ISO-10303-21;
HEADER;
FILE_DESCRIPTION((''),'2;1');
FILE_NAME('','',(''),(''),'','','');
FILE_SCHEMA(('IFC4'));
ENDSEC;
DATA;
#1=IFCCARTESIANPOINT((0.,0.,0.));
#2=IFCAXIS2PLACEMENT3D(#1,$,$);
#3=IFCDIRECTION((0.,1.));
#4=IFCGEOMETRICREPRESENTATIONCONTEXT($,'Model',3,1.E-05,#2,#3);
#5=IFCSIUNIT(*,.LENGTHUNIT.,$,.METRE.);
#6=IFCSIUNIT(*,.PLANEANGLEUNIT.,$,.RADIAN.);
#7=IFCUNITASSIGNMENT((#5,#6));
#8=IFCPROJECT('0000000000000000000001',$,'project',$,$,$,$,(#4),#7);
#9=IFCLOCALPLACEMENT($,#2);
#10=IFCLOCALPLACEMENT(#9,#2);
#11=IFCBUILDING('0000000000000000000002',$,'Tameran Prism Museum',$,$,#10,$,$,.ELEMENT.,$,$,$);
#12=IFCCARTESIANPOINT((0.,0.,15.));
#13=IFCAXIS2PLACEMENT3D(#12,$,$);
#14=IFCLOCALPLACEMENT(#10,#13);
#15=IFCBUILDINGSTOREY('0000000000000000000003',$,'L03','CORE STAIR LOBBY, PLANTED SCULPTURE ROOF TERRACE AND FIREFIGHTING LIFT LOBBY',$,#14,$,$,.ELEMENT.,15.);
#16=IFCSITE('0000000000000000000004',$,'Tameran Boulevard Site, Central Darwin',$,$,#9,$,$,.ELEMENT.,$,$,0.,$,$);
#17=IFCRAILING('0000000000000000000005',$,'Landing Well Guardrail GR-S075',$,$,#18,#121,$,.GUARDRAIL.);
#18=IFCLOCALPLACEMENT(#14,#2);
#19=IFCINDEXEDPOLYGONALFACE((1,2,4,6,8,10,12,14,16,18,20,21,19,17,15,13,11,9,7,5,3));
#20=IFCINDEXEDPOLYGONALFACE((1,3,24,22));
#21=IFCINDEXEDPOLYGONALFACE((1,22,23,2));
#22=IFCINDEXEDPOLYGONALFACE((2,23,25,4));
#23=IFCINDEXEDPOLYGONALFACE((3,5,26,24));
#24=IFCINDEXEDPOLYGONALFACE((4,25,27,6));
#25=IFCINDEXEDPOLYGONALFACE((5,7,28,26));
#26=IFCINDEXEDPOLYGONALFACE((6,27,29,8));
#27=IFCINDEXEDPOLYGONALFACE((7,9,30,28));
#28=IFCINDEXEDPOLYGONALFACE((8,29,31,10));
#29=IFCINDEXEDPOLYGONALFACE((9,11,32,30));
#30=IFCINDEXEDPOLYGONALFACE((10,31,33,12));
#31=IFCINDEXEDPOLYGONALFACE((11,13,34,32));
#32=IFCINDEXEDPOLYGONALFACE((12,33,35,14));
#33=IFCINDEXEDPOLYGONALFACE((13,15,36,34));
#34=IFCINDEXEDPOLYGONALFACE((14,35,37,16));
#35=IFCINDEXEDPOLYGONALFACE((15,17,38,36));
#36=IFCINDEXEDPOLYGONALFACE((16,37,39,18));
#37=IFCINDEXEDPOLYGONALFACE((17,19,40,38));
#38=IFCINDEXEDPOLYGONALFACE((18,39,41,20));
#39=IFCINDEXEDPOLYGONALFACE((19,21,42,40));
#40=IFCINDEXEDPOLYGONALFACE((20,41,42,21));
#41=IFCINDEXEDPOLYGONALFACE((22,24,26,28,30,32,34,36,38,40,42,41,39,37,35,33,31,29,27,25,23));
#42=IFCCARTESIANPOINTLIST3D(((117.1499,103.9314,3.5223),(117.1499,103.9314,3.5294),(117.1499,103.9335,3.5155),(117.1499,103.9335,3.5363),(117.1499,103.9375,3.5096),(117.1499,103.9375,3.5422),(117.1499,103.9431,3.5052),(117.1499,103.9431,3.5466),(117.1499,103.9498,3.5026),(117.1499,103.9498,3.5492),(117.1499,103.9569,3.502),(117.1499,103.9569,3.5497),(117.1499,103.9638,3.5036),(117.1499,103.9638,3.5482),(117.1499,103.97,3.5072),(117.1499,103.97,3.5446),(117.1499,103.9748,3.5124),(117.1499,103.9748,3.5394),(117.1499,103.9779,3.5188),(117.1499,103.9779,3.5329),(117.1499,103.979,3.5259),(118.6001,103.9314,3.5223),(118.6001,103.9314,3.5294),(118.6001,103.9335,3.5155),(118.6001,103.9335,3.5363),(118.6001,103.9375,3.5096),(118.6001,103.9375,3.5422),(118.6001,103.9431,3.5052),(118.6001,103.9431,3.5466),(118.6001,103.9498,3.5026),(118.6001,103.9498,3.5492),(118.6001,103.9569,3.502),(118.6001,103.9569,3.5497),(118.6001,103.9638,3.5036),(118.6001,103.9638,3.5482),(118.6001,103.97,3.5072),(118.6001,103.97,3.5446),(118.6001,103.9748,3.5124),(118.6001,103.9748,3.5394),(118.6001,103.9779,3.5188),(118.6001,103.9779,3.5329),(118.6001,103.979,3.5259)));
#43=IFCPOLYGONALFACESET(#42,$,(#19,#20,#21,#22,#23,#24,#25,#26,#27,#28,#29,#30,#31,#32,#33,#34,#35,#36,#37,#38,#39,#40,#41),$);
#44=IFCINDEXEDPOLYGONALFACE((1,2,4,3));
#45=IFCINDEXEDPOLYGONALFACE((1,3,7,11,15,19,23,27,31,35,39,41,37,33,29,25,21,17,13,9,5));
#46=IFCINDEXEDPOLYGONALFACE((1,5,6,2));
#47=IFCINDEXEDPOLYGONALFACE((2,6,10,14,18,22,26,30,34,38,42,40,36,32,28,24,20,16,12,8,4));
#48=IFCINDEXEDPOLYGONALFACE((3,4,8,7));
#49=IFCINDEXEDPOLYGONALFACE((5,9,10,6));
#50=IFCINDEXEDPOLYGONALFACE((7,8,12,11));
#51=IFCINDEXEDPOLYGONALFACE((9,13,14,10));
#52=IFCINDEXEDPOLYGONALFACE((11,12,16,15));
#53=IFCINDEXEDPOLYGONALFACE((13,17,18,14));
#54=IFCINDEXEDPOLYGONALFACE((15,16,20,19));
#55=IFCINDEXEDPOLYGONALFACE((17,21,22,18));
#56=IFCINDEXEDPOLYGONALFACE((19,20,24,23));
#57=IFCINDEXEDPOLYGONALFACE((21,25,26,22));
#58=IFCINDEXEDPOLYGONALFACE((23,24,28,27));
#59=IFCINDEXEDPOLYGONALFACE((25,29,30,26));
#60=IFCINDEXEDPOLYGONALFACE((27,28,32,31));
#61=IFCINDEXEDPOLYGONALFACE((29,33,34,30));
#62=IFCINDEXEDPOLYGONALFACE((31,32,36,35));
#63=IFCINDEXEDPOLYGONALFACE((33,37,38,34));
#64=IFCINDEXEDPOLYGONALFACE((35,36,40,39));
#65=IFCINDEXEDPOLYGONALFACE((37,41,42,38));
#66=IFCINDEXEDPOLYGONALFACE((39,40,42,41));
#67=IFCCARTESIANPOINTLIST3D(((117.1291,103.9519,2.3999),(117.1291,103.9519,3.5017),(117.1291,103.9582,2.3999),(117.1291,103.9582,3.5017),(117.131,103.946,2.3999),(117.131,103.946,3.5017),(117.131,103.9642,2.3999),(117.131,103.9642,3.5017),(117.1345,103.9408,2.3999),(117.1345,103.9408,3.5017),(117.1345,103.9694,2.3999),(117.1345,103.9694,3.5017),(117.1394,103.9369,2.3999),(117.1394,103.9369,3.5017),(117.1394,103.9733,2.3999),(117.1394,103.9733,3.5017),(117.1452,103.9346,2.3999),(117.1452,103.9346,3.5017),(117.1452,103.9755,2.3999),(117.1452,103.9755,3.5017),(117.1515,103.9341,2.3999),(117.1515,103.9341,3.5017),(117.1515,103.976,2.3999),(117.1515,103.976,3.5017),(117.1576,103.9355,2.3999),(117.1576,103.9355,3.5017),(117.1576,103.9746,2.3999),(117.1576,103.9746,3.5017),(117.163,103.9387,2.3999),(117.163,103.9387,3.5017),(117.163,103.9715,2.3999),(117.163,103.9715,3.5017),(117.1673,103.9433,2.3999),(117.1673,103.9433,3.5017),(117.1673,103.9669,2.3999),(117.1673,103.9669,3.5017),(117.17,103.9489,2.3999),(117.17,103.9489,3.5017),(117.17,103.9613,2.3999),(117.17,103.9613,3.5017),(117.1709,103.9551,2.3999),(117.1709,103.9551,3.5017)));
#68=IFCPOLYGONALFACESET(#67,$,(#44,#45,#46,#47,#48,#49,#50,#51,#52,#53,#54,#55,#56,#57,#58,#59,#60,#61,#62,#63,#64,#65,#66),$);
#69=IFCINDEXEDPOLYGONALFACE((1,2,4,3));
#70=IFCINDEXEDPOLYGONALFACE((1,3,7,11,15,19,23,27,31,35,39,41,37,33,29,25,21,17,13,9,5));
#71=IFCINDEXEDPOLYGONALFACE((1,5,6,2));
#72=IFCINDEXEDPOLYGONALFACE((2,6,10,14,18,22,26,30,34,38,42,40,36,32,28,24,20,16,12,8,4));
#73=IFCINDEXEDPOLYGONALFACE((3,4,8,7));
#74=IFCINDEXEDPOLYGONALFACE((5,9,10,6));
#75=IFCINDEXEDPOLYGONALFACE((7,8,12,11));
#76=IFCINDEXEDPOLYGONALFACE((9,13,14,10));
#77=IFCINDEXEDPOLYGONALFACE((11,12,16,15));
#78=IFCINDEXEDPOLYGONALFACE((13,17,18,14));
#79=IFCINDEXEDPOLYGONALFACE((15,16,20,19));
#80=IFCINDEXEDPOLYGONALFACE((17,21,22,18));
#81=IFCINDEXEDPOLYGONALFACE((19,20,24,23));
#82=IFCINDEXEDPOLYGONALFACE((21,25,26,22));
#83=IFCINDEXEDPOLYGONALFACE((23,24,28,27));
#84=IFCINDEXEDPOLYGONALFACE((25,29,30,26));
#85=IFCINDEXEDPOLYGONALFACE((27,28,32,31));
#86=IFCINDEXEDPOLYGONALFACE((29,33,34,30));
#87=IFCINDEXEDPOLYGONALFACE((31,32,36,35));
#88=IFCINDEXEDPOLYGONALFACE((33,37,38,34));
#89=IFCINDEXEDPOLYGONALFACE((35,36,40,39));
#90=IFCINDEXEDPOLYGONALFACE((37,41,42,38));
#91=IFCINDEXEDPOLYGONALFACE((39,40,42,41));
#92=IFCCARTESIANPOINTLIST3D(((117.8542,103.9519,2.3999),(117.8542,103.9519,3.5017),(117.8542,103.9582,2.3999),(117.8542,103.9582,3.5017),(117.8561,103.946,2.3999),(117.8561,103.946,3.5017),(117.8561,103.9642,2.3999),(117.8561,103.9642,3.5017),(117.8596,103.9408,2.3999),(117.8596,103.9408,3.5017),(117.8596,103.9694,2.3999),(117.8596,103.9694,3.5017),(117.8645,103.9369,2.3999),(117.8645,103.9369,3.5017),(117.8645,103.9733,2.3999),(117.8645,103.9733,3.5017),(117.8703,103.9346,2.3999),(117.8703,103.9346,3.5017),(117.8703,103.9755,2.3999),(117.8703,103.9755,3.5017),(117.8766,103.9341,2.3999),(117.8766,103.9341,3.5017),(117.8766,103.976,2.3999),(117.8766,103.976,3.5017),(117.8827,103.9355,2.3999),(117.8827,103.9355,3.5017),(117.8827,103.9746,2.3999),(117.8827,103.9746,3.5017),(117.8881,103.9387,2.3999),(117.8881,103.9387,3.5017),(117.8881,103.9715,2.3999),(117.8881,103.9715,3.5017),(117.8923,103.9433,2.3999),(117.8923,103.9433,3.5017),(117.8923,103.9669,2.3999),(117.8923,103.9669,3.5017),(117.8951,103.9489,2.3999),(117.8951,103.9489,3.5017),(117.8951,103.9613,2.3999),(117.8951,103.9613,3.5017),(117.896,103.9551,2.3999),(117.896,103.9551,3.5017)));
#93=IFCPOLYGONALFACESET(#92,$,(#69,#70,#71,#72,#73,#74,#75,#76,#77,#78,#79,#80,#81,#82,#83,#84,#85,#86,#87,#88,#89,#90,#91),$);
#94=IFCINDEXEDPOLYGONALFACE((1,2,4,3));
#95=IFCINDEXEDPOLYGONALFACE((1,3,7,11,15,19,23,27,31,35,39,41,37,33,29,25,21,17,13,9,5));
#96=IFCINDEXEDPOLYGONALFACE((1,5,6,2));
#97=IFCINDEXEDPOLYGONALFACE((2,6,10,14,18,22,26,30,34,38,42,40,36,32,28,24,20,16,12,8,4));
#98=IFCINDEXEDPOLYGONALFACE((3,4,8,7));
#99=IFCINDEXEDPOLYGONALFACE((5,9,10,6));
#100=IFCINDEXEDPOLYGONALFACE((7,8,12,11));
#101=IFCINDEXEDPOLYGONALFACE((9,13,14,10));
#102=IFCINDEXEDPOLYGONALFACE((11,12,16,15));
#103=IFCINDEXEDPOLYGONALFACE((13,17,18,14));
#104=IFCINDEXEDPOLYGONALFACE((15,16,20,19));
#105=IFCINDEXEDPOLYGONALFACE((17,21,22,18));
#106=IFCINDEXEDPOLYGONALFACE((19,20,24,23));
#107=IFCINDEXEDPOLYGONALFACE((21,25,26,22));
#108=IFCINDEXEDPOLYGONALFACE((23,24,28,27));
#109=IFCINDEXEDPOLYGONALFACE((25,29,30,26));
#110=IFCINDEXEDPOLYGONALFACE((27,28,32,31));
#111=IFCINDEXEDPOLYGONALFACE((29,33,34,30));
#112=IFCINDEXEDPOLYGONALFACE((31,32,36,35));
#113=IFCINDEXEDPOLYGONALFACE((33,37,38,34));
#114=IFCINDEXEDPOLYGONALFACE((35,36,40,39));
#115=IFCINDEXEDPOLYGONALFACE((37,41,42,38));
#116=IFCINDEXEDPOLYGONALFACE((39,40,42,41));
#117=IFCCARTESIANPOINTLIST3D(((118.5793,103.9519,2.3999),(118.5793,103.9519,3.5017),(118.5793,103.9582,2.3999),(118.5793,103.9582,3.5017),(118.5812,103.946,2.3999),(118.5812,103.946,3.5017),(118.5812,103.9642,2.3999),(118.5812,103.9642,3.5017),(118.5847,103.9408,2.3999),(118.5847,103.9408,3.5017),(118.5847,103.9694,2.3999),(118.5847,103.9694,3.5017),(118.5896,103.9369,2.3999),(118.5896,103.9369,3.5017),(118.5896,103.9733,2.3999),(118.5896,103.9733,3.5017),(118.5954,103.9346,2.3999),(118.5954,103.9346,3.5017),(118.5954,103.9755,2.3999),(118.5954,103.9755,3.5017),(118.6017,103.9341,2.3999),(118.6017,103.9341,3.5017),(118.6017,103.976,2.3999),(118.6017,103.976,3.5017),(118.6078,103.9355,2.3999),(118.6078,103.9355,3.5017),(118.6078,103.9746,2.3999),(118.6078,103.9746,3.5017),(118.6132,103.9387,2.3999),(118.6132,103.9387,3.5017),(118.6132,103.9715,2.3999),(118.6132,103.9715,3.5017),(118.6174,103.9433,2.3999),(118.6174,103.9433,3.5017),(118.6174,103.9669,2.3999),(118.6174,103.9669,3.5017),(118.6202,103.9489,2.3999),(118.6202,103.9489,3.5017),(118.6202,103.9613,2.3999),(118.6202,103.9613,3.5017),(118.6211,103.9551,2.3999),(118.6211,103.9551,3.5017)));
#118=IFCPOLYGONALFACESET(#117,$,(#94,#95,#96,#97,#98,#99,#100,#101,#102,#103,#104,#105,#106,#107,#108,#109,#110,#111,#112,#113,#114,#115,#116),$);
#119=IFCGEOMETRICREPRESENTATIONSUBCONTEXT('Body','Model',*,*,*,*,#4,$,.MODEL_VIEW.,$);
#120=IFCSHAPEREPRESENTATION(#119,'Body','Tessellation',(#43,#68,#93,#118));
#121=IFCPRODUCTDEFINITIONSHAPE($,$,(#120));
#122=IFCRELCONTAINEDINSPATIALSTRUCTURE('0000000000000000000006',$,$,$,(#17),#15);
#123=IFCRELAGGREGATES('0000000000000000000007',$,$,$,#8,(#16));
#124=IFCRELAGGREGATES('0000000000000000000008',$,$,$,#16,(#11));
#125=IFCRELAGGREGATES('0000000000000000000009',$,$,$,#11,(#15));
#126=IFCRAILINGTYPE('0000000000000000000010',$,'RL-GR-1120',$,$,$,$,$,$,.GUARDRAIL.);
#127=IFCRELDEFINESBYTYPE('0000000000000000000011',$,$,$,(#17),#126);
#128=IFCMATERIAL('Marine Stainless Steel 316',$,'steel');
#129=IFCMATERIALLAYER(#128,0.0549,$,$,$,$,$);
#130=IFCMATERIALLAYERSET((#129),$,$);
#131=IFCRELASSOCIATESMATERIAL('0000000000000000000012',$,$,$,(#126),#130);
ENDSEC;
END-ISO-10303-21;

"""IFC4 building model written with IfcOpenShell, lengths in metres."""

from ifc_helpers import new_model, si_unit, direction, frame, origin, origin_2d, place, context, subcontext, project, spatial, circle, extrude, material, layer, layer_set, type_object, element, save


model = new_model("IFC4")

# Units and contexts
model_context = context("Model", 3, precision=1e-05, world=origin(), true_north=direction((0.0, 1.0)))
body_context = subcontext(model_context, "Body", "Model", "MODEL_VIEW")
ifc_project = project(units=[si_unit("LENGTHUNIT", "METRE"), si_unit("PLANEANGLEUNIT", "RADIAN")], contexts=[model_context])

# Site, building, storey
site_placement = place(None, origin())
site = spatial("IfcSite", under=ifc_project, at=site_placement, Name="Tameran Boulevard Site, Central Darwin", CompositionType="ELEMENT", RefElevation=0.0)
building_placement = place(site_placement, origin())
building = spatial("IfcBuilding", under=site, at=building_placement, Name="Tameran Prism Museum", CompositionType="ELEMENT")
storey_placement = place(building_placement, frame((0.0, 0.0, 15.0)))
storey = spatial("IfcBuildingStorey", under=building, at=storey_placement, Name="L03", Description="CORE STAIR LOBBY, PLANTED SCULPTURE ROOF TERRACE AND FIREFIGHTING LIFT LOBBY", CompositionType="ELEMENT", Elevation=15.0)

# Railing
ifc_material_1 = material(Name="Marine Stainless Steel 316", Category="steel")
ifc_layer_1 = layer(ifc_material_1, 0.0549)
ifc_layer_set_1 = layer_set([ifc_layer_1])
railing_type_1 = type_object("IfcRailingType", Name="RL-GR-1120", PredefinedType="GUARDRAIL", material=ifc_layer_set_1)
railing_1_placement = place(storey_placement, frame((117.1499, 103.9551, 2.3999)))
element("IfcRailing", 1, at=railing_1_placement, inside=storey, type_object=railing_type_1, Name="Landing Well Guardrail GR-S075", PredefinedType="GUARDRAIL", context=body_context, shape_type="SweptSolid", body=[
    extrude(circle(Radius=0.0239, at=origin_2d()), frame((0.0, 0.0, 1.126), z_axis=(1.0, 0.0, 0.0), x_axis=(0.0, 1.0, 0.0)), (0.0, 0.0, 1.0), 1.4502),
    extrude(circle(Radius=0.021, at=origin_2d()), origin(), (0.0, 0.0, 1.0), 1.1018),
    extrude(circle(Radius=0.021, at=origin_2d()), frame((0.7251, 0.0, 0.0)), (0.0, 0.0, 1.0), 1.1018),
    extrude(circle(Radius=0.021, at=origin_2d()), frame((1.4502, 0.0, 0.0)), (0.0, 0.0, 1.0), 1.1018),
])

save(model, "model.ifc")
